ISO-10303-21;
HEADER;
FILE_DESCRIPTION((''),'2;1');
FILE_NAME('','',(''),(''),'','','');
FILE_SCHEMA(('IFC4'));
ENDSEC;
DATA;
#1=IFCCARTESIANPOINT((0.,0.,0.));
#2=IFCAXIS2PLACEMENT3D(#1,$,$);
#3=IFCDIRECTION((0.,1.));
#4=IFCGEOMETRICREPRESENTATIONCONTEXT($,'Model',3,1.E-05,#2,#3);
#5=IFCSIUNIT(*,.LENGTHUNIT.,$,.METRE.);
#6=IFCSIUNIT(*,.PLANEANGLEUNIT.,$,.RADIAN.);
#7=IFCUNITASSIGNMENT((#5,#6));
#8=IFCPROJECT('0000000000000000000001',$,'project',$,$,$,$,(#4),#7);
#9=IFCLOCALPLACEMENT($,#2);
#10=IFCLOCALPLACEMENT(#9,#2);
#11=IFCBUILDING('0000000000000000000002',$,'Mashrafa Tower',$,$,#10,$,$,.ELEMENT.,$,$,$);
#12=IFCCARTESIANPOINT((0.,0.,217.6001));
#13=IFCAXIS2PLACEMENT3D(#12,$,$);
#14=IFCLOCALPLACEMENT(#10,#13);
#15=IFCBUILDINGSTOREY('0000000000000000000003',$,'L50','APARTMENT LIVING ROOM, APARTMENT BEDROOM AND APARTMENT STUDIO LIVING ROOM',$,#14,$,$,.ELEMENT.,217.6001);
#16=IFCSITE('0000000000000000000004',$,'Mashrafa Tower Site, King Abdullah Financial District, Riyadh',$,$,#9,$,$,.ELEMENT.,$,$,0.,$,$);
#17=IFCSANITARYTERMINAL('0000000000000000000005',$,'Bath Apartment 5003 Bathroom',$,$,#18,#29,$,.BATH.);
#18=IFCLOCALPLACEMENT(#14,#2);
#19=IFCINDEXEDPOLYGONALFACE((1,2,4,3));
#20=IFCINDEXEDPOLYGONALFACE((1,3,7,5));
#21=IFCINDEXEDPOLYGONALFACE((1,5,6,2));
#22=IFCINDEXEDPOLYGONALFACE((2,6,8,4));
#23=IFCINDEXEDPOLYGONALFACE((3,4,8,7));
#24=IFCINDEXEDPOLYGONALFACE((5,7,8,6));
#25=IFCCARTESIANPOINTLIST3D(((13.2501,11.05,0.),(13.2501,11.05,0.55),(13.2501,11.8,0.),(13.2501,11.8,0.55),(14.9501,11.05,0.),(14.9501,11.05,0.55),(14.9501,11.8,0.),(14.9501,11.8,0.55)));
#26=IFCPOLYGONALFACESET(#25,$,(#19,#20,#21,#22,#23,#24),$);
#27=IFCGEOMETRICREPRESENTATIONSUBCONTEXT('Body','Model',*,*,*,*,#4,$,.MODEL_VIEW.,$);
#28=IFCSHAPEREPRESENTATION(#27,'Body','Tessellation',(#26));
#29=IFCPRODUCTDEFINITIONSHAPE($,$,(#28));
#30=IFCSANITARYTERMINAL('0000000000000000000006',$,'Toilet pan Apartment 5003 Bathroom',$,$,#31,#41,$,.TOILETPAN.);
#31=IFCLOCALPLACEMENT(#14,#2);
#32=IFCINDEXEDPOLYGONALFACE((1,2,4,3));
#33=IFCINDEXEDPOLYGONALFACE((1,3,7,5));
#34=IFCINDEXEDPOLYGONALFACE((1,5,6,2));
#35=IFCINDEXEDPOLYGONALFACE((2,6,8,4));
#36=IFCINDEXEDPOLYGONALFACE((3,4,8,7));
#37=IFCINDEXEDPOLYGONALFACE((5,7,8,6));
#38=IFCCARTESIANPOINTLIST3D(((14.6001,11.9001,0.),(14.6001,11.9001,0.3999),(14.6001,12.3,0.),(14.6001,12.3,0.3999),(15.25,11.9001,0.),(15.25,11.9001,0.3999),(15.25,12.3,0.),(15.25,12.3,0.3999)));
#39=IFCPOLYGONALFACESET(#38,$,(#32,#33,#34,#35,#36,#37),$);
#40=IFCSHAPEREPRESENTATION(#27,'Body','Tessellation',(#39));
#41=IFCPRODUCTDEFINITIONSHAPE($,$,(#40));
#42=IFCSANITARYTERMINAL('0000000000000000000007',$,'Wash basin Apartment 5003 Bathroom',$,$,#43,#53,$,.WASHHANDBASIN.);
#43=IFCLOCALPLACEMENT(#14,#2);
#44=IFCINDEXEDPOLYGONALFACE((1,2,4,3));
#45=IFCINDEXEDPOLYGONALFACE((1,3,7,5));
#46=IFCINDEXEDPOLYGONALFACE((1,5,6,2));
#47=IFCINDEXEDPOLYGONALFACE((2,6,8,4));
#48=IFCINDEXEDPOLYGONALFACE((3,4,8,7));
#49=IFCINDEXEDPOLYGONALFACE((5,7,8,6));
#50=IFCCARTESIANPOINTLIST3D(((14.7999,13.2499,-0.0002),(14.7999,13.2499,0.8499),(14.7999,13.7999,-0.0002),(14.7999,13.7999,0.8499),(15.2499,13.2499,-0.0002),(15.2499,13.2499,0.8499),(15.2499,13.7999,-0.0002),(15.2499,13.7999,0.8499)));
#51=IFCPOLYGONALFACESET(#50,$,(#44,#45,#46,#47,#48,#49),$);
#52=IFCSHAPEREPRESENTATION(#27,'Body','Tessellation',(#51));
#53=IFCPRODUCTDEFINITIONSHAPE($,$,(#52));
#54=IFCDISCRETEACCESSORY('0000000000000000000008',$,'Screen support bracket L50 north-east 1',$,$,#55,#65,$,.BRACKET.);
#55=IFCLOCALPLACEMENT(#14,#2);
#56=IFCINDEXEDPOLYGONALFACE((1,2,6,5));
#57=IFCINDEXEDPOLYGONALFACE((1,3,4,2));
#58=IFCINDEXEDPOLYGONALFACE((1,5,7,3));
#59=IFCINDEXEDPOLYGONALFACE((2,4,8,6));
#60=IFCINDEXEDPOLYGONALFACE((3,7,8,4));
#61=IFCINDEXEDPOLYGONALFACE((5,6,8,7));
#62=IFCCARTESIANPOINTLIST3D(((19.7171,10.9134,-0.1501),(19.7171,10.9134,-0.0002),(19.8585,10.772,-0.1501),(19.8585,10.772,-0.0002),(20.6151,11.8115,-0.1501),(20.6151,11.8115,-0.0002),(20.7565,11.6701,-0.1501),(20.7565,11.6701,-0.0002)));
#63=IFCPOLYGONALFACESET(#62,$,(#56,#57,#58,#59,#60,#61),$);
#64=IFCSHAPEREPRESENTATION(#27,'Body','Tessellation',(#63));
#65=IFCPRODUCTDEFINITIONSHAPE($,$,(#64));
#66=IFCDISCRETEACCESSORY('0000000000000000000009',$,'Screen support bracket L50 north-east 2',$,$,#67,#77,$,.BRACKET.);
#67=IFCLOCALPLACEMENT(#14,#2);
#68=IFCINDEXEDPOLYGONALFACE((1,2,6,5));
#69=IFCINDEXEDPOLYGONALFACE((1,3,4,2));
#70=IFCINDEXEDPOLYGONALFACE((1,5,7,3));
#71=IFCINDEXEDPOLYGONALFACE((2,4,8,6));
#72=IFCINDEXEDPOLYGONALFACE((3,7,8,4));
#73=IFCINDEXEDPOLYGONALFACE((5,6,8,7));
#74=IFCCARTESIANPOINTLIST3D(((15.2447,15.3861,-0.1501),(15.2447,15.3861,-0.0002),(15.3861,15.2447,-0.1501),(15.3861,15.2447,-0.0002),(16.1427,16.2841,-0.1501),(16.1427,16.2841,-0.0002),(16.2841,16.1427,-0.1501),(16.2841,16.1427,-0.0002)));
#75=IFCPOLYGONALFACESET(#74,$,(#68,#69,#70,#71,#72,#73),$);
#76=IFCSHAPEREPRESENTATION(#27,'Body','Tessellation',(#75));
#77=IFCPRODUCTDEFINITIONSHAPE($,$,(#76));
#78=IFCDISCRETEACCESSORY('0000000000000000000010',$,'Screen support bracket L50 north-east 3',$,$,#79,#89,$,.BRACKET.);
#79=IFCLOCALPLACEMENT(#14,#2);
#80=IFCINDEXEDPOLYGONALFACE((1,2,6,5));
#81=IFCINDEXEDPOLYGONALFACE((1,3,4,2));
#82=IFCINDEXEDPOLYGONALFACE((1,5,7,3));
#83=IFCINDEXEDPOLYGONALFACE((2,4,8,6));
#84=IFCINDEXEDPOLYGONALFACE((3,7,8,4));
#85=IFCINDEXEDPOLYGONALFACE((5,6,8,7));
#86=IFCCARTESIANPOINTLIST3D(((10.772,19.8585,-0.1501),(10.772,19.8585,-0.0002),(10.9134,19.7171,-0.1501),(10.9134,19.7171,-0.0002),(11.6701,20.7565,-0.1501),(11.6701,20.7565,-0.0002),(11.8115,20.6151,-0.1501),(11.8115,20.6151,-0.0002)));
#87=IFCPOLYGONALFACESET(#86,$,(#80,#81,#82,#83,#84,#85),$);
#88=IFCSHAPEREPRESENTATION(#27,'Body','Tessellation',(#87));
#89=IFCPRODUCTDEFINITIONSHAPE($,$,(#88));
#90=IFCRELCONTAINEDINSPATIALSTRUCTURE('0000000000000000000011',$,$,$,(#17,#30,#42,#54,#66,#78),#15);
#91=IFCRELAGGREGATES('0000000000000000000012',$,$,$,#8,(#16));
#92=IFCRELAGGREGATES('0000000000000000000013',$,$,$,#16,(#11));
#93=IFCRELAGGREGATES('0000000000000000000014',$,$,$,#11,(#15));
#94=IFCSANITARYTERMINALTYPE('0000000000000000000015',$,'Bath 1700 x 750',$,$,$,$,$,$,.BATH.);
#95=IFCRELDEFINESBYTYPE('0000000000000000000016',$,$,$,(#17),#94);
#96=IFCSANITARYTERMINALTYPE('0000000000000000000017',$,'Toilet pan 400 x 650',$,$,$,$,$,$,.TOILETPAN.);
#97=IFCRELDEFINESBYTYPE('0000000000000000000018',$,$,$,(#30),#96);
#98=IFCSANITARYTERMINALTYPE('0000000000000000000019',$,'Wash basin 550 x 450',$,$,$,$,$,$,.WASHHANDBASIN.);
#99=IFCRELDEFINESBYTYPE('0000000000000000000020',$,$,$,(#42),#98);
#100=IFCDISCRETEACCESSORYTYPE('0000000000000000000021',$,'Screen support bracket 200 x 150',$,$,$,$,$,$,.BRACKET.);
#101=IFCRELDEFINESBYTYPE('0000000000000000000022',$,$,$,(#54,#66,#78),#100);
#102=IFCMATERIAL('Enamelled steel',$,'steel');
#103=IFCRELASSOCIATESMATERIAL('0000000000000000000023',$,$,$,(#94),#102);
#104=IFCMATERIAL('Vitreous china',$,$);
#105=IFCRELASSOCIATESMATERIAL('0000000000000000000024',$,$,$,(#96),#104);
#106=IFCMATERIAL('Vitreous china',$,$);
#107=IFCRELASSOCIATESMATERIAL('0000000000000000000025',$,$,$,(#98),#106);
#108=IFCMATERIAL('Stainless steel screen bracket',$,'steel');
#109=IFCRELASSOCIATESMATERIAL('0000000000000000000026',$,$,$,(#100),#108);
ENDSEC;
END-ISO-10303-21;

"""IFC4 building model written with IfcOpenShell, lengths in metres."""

from ifc_helpers import new_model, si_unit, direction, frame, origin, origin_2d, place, context, subcontext, project, spatial, rectangle, extrude, source, transform, mapped, material, type_object, type_shapes, element, save


model = new_model("IFC4")

# Units and contexts
model_context = context("Model", 3, precision=1e-05, world=origin(), true_north=direction((0.0, 1.0)))
body_context = subcontext(model_context, "Body", "Model", "MODEL_VIEW")
ifc_project = project(units=[si_unit("LENGTHUNIT", "METRE"), si_unit("PLANEANGLEUNIT", "RADIAN")], contexts=[model_context])

# Site, building, storey
site_placement = place(None, origin())
site = spatial("IfcSite", under=ifc_project, at=site_placement, Name="Mashrafa Tower Site, King Abdullah Financial District, Riyadh", CompositionType="ELEMENT", RefElevation=0.0)
building_placement = place(site_placement, origin())
building = spatial("IfcBuilding", under=site, at=building_placement, Name="Mashrafa Tower", CompositionType="ELEMENT")
storey_placement = place(building_placement, frame((0.0, 0.0, 217.6001)))
storey = spatial("IfcBuildingStorey", under=building, at=storey_placement, Name="L50", Description="APARTMENT LIVING ROOM, APARTMENT BEDROOM AND APARTMENT STUDIO LIVING ROOM", CompositionType="ELEMENT", Elevation=217.6001)

# Sanitary terminals
ifc_material_1 = material(Name="Enamelled steel", Category="steel")
sanitary_terminal_type_1 = type_object("IfcSanitaryTerminalType", Name="Bath 1700 x 750", PredefinedType="BATH", material=ifc_material_1)
sanitary_terminal_1_placement = place(storey_placement, frame((14.1001, 11.425, 0.0), z_axis=(0.0, 0.0, 1.0), x_axis=(1.0, 0.0, 0.0)))
element("IfcSanitaryTerminal", 1, at=sanitary_terminal_1_placement, inside=storey, type_object=sanitary_terminal_type_1, Name="Bath Apartment 5003 Bathroom", PredefinedType="BATH", context=body_context, shape_type="SweptSolid", body=[
    extrude(rectangle(XDim=1.7, YDim=0.75, at=origin_2d()), origin(), (0.0, 0.0, 1.0), 0.55),
])
ifc_material_2 = material(Name="Vitreous china")
sanitary_terminal_type_2 = type_object("IfcSanitaryTerminalType", Name="Toilet pan 400 x 650", PredefinedType="TOILETPAN", material=ifc_material_2)
sanitary_terminal_2_placement = place(storey_placement, frame((14.925, 12.1001, 0.0), z_axis=(0.0, 0.0, 1.0), x_axis=(0.0, 1.0, 0.0)))
element("IfcSanitaryTerminal", 2, at=sanitary_terminal_2_placement, inside=storey, type_object=sanitary_terminal_type_2, Name="Toilet pan Apartment 5003 Bathroom", PredefinedType="TOILETPAN", context=body_context, shape_type="SweptSolid", body=[
    extrude(rectangle(XDim=0.3999, YDim=0.6499, at=origin_2d()), origin(), (0.0, 0.0, 1.0), 0.3999),
])
ifc_material_3 = material(Name="Vitreous china")
sanitary_terminal_type_3 = type_object("IfcSanitaryTerminalType", Name="Wash basin 550 x 450", PredefinedType="WASHHANDBASIN", material=ifc_material_3)
sanitary_terminal_3_placement = place(storey_placement, frame((15.0249, 13.5249, -0.0002), z_axis=(0.0, 0.0, 1.0), x_axis=(0.0, 1.0, 0.0)))
element("IfcSanitaryTerminal", 3, at=sanitary_terminal_3_placement, inside=storey, type_object=sanitary_terminal_type_3, Name="Wash basin Apartment 5003 Bathroom", PredefinedType="WASHHANDBASIN", context=body_context, shape_type="SweptSolid", body=[
    extrude(rectangle(XDim=0.55, YDim=0.45, at=origin_2d()), origin(), (0.0, 0.0, 1.0), 0.8501),
])

# Discrete accessories
ifc_material_4 = material(Name="Stainless steel screen bracket", Category="steel")
discrete_accessory_type = type_object("IfcDiscreteAccessoryType", Name="Screen support bracket 200 x 150", PredefinedType="BRACKET", material=ifc_material_4)
shared_shape_1 = source(origin(), body_context, "Body", "SweptSolid", [
    extrude(rectangle(XDim=0.2, YDim=1.27, at=origin_2d()), origin(), (0.0, 0.0, 1.0), 0.1499),
])
type_shapes(discrete_accessory_type, [shared_shape_1])
for number, where, z_axis, x_axis, name in (
    (4, (20.2368, 11.2917, -0.1501), (0.0, 0.0, 1.0), (-0.707107, 0.707107, 0.0), "Screen support bracket L50 north-east 1"),
    (5, (15.7644, 15.7644, -0.1501), (0.0, 0.0, 1.0), (-0.707107, 0.707107, 0.0), "Screen support bracket L50 north-east 2"),
    (6, (11.2917, 20.2368, -0.1501), (0.0, 0.0, 1.0), (-0.707107, 0.707107, 0.0), "Screen support bracket L50 north-east 3"),
):
    element("IfcDiscreteAccessory", number, at=place(storey_placement, frame(where, z_axis=z_axis, x_axis=x_axis)), inside=storey, type_object=discrete_accessory_type, Name=name, PredefinedType="BRACKET", context=body_context, shape_type="MappedRepresentation", body=[
        mapped(shared_shape_1, transform((0.0, 0.0, 0.0))),
    ])

save(model, "model.ifc")
